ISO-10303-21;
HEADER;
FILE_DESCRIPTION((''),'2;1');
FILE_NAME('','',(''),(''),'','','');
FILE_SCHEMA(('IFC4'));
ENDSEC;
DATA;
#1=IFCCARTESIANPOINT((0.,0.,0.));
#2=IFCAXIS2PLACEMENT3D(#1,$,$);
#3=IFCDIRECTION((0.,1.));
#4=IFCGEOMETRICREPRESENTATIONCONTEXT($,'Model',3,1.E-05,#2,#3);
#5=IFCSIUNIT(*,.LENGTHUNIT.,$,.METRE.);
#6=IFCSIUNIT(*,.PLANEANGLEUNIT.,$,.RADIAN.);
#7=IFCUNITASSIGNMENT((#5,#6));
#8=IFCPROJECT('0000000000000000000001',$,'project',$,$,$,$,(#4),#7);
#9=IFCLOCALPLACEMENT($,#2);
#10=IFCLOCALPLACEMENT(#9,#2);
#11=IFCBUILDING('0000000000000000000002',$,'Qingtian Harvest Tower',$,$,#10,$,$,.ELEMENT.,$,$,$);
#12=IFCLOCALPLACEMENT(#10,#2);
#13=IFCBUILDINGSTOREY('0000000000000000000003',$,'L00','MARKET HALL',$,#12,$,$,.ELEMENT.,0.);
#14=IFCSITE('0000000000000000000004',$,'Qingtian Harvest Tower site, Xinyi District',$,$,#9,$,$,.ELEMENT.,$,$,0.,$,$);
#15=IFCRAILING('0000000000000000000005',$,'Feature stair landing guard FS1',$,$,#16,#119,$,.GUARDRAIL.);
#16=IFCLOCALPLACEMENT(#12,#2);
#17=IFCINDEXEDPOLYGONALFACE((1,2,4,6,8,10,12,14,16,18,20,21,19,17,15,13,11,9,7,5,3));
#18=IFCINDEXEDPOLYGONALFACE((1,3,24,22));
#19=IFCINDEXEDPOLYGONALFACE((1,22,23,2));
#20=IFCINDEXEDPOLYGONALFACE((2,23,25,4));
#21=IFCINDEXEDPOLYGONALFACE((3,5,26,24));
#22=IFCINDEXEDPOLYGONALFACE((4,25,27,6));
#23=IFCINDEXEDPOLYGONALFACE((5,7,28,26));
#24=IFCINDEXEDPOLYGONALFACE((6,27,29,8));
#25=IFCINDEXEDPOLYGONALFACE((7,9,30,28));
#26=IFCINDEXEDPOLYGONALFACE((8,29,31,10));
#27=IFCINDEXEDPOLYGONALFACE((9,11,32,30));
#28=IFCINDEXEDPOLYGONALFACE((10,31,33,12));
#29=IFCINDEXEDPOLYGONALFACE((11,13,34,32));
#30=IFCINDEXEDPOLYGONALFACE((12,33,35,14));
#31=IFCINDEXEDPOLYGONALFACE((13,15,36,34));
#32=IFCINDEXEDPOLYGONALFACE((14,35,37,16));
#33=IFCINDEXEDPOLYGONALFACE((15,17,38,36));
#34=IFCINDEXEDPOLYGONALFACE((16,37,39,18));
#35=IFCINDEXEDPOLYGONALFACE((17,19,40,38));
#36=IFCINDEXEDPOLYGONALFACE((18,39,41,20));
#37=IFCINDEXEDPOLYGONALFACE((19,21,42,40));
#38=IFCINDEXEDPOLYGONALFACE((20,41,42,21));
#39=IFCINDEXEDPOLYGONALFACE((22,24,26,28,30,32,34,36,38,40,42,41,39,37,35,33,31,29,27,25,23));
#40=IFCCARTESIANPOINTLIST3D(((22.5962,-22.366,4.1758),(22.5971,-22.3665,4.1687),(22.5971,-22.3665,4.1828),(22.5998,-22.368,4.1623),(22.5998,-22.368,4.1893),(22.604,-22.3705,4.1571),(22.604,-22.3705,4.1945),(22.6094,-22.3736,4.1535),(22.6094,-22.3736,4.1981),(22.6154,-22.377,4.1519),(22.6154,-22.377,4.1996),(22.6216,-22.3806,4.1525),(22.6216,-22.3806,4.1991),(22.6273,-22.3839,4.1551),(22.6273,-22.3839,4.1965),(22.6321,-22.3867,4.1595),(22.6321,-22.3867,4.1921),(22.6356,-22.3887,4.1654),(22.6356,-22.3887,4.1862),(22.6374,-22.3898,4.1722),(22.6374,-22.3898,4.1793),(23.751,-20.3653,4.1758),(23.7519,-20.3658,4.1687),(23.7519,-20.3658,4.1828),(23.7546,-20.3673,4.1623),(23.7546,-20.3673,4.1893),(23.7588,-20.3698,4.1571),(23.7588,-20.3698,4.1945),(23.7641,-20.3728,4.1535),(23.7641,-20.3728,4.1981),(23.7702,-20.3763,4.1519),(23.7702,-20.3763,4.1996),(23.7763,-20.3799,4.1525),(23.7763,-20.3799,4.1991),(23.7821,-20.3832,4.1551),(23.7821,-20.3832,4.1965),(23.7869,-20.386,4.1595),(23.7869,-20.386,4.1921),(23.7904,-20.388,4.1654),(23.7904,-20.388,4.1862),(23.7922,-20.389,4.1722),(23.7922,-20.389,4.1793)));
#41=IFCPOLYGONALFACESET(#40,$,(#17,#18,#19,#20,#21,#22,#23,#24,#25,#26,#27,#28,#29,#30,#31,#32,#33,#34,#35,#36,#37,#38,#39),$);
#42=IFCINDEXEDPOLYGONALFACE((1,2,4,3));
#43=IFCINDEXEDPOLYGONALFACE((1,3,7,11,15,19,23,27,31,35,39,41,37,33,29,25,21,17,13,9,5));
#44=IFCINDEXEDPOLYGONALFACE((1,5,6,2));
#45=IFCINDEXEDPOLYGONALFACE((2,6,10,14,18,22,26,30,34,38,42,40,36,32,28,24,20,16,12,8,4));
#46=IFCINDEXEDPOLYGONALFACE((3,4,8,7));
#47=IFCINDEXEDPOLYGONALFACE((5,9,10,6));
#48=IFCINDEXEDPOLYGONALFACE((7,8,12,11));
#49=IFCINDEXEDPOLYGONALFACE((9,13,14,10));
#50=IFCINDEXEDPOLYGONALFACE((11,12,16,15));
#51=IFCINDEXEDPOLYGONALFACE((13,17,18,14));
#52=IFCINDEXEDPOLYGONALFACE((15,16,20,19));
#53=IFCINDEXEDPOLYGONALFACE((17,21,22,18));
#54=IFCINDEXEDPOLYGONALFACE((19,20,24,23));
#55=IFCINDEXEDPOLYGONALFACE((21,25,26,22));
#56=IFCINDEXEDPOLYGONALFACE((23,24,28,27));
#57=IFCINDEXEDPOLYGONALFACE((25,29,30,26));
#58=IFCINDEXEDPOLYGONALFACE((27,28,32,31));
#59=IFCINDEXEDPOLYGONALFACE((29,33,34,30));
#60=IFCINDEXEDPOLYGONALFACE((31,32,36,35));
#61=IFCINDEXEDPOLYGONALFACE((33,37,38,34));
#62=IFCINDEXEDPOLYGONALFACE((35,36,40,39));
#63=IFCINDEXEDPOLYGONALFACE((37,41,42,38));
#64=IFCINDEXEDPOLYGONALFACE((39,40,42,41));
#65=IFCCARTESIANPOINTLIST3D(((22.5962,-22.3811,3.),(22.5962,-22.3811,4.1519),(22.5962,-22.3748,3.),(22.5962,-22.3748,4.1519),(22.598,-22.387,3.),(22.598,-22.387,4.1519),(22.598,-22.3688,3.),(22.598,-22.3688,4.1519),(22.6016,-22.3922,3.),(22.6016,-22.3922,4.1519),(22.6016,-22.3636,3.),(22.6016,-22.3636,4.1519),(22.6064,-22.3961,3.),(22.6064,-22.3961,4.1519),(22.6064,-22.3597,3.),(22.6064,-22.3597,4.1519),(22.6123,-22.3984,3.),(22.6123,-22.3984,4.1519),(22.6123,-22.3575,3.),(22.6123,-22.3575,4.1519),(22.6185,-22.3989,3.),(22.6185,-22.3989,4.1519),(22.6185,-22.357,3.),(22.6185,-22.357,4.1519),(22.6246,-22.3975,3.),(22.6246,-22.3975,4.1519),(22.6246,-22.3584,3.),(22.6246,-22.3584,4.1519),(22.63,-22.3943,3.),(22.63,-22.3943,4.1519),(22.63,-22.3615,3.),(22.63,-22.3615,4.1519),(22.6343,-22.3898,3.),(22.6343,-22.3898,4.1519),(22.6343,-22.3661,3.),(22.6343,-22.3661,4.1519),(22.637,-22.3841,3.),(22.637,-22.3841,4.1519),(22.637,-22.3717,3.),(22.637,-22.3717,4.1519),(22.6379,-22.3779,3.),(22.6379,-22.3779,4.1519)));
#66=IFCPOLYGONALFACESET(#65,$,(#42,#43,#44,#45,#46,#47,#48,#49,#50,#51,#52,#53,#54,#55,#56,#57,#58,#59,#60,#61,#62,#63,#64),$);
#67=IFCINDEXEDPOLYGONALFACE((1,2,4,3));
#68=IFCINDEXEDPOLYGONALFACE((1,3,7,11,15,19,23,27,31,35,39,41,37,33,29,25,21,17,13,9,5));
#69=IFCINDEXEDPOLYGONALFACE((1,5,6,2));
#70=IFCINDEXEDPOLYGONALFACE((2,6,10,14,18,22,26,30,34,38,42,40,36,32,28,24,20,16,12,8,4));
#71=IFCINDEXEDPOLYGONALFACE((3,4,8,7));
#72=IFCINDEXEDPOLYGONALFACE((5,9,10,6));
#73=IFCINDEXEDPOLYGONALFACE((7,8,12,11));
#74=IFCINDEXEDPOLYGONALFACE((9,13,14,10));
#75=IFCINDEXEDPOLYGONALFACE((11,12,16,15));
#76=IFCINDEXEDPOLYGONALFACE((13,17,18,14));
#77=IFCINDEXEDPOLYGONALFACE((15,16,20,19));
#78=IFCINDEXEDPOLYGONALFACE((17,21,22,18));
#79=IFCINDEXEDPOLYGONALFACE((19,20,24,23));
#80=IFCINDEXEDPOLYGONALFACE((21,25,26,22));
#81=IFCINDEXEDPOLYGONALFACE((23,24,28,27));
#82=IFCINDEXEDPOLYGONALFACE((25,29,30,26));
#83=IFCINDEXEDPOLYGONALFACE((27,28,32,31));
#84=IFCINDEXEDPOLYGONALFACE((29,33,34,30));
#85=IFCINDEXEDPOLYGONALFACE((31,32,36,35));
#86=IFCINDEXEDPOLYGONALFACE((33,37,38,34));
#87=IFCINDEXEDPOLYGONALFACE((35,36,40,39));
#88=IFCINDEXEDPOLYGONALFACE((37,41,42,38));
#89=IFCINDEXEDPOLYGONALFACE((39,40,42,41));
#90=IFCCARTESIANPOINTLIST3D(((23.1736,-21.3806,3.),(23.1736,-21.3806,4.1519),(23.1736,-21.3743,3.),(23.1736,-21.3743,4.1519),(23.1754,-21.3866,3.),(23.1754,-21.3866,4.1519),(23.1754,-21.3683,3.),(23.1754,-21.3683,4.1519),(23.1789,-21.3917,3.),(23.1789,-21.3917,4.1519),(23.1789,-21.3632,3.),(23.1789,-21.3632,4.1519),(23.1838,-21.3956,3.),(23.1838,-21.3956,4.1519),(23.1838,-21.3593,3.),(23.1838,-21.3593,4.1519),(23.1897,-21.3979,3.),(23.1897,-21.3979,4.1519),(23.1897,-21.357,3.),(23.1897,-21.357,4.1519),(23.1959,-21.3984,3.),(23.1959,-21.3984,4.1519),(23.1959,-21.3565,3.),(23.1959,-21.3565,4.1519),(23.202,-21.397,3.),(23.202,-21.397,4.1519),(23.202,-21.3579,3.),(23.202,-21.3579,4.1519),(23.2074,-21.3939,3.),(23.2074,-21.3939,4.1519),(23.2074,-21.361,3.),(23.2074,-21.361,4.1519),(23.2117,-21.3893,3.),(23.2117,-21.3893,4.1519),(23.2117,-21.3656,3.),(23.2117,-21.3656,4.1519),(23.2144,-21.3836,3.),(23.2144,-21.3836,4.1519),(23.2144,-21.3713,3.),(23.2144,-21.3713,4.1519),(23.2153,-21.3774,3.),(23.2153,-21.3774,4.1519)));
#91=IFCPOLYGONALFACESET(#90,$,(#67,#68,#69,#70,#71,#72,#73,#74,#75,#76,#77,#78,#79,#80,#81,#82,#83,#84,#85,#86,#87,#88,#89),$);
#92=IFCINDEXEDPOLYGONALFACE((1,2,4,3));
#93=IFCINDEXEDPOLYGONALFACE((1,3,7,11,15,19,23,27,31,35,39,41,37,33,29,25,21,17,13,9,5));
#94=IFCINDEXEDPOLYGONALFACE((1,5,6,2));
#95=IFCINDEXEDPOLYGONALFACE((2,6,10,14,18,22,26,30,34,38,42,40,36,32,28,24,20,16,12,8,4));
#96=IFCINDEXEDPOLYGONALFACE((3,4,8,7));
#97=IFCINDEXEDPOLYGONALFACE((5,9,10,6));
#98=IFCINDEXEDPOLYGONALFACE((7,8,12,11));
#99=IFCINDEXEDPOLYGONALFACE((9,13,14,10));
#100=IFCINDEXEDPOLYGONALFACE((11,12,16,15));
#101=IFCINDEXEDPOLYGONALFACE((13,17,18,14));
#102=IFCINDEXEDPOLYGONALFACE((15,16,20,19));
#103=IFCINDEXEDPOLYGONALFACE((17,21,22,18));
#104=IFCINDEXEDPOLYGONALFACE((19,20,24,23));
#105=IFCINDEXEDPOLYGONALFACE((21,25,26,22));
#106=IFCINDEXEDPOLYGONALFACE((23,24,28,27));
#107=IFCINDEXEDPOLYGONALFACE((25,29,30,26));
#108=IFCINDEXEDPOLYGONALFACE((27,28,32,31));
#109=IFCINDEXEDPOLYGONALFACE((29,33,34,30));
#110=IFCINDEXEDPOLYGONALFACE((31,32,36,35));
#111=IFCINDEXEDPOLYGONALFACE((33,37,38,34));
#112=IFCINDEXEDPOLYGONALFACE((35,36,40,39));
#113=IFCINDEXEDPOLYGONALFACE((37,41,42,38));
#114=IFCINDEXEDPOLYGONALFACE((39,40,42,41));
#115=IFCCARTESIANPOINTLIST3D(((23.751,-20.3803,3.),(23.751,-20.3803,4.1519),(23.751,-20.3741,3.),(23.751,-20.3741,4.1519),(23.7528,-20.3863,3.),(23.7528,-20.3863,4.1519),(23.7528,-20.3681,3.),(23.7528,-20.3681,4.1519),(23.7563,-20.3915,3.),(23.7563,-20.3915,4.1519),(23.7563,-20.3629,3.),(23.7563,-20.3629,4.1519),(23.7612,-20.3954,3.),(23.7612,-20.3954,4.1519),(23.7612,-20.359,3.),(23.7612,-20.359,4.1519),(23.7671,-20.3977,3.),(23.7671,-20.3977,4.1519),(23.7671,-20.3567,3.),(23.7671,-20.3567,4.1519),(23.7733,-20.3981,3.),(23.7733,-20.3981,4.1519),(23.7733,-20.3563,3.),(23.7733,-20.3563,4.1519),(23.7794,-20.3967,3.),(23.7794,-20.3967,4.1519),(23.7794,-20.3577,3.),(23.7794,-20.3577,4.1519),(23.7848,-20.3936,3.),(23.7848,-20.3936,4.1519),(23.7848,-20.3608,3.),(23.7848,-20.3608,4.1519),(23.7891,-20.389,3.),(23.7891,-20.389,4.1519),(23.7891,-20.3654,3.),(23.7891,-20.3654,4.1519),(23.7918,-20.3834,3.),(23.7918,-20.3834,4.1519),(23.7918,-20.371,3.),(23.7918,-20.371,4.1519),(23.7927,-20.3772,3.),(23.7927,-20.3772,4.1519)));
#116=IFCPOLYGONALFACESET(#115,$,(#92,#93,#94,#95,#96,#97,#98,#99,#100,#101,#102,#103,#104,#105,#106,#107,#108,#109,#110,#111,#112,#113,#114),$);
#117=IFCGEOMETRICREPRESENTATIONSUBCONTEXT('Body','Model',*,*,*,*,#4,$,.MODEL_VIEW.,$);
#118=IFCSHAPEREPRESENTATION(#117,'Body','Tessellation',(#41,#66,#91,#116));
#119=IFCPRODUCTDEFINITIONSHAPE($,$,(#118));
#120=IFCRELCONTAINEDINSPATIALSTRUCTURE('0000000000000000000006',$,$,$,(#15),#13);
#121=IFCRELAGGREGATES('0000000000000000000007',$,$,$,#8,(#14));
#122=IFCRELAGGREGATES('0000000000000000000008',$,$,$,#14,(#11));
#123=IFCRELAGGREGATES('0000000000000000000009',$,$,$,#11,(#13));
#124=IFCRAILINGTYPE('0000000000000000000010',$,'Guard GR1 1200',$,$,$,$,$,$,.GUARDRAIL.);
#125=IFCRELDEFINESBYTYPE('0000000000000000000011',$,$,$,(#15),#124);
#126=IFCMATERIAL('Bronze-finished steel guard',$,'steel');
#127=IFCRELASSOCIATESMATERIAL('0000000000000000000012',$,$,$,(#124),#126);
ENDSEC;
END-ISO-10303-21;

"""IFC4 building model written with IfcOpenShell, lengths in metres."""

from ifc_helpers import new_model, si_unit, direction, frame, origin, origin_2d, place, context, subcontext, project, spatial, circle, extrude, material, type_object, element, save


model = new_model("IFC4")

# Units and contexts
model_context = context("Model", 3, precision=1e-05, world=origin(), true_north=direction((0.0, 1.0)))
body_context = subcontext(model_context, "Body", "Model", "MODEL_VIEW")
ifc_project = project(units=[si_unit("LENGTHUNIT", "METRE"), si_unit("PLANEANGLEUNIT", "RADIAN")], contexts=[model_context])

# Site, building, storey
site_placement = place(None, origin())
site = spatial("IfcSite", under=ifc_project, at=site_placement, Name="Qingtian Harvest Tower site, Xinyi District", CompositionType="ELEMENT", RefElevation=0.0)
building_placement = place(site_placement, origin())
building = spatial("IfcBuilding", under=site, at=building_placement, Name="Qingtian Harvest Tower", CompositionType="ELEMENT")
storey_placement = place(building_placement, origin())
storey = spatial("IfcBuildingStorey", under=building, at=storey_placement, Name="L00", Description="MARKET HALL", CompositionType="ELEMENT", Elevation=0.0)

# Railing
ifc_material_1 = material(Name="Bronze-finished steel guard", Category="steel")
railing_type = type_object("IfcRailingType", Name="Guard GR1 1200", PredefinedType="GUARDRAIL", material=ifc_material_1)
railing_1_placement = place(storey_placement, frame((22.6169, -22.3779, 3.0)))
element("IfcRailing", 1, at=railing_1_placement, inside=storey, type_object=railing_type, Name="Feature stair landing guard FS1", PredefinedType="GUARDRAIL", context=body_context, shape_type="SweptSolid", body=[
    extrude(circle(Radius=0.0239, at=origin_2d()), frame((0.0, 0.0, 1.1758), z_axis=(0.49989, 0.866089, 0.0), x_axis=(-0.866089, 0.49989, 0.0)), (0.0, 0.0, 1.0), 2.3101),
    extrude(circle(Radius=0.021, at=origin_2d()), origin(), (0.0, 0.0, 1.0), 1.1519),
    extrude(circle(Radius=0.021, at=origin_2d()), frame((0.5774, 1.0005, 0.0)), (0.0, 0.0, 1.0), 1.1519),
    extrude(circle(Radius=0.021, at=origin_2d()), frame((1.1548, 2.0007, 0.0)), (0.0, 0.0, 1.0), 1.1519),
])

save(model, "model.ifc")
